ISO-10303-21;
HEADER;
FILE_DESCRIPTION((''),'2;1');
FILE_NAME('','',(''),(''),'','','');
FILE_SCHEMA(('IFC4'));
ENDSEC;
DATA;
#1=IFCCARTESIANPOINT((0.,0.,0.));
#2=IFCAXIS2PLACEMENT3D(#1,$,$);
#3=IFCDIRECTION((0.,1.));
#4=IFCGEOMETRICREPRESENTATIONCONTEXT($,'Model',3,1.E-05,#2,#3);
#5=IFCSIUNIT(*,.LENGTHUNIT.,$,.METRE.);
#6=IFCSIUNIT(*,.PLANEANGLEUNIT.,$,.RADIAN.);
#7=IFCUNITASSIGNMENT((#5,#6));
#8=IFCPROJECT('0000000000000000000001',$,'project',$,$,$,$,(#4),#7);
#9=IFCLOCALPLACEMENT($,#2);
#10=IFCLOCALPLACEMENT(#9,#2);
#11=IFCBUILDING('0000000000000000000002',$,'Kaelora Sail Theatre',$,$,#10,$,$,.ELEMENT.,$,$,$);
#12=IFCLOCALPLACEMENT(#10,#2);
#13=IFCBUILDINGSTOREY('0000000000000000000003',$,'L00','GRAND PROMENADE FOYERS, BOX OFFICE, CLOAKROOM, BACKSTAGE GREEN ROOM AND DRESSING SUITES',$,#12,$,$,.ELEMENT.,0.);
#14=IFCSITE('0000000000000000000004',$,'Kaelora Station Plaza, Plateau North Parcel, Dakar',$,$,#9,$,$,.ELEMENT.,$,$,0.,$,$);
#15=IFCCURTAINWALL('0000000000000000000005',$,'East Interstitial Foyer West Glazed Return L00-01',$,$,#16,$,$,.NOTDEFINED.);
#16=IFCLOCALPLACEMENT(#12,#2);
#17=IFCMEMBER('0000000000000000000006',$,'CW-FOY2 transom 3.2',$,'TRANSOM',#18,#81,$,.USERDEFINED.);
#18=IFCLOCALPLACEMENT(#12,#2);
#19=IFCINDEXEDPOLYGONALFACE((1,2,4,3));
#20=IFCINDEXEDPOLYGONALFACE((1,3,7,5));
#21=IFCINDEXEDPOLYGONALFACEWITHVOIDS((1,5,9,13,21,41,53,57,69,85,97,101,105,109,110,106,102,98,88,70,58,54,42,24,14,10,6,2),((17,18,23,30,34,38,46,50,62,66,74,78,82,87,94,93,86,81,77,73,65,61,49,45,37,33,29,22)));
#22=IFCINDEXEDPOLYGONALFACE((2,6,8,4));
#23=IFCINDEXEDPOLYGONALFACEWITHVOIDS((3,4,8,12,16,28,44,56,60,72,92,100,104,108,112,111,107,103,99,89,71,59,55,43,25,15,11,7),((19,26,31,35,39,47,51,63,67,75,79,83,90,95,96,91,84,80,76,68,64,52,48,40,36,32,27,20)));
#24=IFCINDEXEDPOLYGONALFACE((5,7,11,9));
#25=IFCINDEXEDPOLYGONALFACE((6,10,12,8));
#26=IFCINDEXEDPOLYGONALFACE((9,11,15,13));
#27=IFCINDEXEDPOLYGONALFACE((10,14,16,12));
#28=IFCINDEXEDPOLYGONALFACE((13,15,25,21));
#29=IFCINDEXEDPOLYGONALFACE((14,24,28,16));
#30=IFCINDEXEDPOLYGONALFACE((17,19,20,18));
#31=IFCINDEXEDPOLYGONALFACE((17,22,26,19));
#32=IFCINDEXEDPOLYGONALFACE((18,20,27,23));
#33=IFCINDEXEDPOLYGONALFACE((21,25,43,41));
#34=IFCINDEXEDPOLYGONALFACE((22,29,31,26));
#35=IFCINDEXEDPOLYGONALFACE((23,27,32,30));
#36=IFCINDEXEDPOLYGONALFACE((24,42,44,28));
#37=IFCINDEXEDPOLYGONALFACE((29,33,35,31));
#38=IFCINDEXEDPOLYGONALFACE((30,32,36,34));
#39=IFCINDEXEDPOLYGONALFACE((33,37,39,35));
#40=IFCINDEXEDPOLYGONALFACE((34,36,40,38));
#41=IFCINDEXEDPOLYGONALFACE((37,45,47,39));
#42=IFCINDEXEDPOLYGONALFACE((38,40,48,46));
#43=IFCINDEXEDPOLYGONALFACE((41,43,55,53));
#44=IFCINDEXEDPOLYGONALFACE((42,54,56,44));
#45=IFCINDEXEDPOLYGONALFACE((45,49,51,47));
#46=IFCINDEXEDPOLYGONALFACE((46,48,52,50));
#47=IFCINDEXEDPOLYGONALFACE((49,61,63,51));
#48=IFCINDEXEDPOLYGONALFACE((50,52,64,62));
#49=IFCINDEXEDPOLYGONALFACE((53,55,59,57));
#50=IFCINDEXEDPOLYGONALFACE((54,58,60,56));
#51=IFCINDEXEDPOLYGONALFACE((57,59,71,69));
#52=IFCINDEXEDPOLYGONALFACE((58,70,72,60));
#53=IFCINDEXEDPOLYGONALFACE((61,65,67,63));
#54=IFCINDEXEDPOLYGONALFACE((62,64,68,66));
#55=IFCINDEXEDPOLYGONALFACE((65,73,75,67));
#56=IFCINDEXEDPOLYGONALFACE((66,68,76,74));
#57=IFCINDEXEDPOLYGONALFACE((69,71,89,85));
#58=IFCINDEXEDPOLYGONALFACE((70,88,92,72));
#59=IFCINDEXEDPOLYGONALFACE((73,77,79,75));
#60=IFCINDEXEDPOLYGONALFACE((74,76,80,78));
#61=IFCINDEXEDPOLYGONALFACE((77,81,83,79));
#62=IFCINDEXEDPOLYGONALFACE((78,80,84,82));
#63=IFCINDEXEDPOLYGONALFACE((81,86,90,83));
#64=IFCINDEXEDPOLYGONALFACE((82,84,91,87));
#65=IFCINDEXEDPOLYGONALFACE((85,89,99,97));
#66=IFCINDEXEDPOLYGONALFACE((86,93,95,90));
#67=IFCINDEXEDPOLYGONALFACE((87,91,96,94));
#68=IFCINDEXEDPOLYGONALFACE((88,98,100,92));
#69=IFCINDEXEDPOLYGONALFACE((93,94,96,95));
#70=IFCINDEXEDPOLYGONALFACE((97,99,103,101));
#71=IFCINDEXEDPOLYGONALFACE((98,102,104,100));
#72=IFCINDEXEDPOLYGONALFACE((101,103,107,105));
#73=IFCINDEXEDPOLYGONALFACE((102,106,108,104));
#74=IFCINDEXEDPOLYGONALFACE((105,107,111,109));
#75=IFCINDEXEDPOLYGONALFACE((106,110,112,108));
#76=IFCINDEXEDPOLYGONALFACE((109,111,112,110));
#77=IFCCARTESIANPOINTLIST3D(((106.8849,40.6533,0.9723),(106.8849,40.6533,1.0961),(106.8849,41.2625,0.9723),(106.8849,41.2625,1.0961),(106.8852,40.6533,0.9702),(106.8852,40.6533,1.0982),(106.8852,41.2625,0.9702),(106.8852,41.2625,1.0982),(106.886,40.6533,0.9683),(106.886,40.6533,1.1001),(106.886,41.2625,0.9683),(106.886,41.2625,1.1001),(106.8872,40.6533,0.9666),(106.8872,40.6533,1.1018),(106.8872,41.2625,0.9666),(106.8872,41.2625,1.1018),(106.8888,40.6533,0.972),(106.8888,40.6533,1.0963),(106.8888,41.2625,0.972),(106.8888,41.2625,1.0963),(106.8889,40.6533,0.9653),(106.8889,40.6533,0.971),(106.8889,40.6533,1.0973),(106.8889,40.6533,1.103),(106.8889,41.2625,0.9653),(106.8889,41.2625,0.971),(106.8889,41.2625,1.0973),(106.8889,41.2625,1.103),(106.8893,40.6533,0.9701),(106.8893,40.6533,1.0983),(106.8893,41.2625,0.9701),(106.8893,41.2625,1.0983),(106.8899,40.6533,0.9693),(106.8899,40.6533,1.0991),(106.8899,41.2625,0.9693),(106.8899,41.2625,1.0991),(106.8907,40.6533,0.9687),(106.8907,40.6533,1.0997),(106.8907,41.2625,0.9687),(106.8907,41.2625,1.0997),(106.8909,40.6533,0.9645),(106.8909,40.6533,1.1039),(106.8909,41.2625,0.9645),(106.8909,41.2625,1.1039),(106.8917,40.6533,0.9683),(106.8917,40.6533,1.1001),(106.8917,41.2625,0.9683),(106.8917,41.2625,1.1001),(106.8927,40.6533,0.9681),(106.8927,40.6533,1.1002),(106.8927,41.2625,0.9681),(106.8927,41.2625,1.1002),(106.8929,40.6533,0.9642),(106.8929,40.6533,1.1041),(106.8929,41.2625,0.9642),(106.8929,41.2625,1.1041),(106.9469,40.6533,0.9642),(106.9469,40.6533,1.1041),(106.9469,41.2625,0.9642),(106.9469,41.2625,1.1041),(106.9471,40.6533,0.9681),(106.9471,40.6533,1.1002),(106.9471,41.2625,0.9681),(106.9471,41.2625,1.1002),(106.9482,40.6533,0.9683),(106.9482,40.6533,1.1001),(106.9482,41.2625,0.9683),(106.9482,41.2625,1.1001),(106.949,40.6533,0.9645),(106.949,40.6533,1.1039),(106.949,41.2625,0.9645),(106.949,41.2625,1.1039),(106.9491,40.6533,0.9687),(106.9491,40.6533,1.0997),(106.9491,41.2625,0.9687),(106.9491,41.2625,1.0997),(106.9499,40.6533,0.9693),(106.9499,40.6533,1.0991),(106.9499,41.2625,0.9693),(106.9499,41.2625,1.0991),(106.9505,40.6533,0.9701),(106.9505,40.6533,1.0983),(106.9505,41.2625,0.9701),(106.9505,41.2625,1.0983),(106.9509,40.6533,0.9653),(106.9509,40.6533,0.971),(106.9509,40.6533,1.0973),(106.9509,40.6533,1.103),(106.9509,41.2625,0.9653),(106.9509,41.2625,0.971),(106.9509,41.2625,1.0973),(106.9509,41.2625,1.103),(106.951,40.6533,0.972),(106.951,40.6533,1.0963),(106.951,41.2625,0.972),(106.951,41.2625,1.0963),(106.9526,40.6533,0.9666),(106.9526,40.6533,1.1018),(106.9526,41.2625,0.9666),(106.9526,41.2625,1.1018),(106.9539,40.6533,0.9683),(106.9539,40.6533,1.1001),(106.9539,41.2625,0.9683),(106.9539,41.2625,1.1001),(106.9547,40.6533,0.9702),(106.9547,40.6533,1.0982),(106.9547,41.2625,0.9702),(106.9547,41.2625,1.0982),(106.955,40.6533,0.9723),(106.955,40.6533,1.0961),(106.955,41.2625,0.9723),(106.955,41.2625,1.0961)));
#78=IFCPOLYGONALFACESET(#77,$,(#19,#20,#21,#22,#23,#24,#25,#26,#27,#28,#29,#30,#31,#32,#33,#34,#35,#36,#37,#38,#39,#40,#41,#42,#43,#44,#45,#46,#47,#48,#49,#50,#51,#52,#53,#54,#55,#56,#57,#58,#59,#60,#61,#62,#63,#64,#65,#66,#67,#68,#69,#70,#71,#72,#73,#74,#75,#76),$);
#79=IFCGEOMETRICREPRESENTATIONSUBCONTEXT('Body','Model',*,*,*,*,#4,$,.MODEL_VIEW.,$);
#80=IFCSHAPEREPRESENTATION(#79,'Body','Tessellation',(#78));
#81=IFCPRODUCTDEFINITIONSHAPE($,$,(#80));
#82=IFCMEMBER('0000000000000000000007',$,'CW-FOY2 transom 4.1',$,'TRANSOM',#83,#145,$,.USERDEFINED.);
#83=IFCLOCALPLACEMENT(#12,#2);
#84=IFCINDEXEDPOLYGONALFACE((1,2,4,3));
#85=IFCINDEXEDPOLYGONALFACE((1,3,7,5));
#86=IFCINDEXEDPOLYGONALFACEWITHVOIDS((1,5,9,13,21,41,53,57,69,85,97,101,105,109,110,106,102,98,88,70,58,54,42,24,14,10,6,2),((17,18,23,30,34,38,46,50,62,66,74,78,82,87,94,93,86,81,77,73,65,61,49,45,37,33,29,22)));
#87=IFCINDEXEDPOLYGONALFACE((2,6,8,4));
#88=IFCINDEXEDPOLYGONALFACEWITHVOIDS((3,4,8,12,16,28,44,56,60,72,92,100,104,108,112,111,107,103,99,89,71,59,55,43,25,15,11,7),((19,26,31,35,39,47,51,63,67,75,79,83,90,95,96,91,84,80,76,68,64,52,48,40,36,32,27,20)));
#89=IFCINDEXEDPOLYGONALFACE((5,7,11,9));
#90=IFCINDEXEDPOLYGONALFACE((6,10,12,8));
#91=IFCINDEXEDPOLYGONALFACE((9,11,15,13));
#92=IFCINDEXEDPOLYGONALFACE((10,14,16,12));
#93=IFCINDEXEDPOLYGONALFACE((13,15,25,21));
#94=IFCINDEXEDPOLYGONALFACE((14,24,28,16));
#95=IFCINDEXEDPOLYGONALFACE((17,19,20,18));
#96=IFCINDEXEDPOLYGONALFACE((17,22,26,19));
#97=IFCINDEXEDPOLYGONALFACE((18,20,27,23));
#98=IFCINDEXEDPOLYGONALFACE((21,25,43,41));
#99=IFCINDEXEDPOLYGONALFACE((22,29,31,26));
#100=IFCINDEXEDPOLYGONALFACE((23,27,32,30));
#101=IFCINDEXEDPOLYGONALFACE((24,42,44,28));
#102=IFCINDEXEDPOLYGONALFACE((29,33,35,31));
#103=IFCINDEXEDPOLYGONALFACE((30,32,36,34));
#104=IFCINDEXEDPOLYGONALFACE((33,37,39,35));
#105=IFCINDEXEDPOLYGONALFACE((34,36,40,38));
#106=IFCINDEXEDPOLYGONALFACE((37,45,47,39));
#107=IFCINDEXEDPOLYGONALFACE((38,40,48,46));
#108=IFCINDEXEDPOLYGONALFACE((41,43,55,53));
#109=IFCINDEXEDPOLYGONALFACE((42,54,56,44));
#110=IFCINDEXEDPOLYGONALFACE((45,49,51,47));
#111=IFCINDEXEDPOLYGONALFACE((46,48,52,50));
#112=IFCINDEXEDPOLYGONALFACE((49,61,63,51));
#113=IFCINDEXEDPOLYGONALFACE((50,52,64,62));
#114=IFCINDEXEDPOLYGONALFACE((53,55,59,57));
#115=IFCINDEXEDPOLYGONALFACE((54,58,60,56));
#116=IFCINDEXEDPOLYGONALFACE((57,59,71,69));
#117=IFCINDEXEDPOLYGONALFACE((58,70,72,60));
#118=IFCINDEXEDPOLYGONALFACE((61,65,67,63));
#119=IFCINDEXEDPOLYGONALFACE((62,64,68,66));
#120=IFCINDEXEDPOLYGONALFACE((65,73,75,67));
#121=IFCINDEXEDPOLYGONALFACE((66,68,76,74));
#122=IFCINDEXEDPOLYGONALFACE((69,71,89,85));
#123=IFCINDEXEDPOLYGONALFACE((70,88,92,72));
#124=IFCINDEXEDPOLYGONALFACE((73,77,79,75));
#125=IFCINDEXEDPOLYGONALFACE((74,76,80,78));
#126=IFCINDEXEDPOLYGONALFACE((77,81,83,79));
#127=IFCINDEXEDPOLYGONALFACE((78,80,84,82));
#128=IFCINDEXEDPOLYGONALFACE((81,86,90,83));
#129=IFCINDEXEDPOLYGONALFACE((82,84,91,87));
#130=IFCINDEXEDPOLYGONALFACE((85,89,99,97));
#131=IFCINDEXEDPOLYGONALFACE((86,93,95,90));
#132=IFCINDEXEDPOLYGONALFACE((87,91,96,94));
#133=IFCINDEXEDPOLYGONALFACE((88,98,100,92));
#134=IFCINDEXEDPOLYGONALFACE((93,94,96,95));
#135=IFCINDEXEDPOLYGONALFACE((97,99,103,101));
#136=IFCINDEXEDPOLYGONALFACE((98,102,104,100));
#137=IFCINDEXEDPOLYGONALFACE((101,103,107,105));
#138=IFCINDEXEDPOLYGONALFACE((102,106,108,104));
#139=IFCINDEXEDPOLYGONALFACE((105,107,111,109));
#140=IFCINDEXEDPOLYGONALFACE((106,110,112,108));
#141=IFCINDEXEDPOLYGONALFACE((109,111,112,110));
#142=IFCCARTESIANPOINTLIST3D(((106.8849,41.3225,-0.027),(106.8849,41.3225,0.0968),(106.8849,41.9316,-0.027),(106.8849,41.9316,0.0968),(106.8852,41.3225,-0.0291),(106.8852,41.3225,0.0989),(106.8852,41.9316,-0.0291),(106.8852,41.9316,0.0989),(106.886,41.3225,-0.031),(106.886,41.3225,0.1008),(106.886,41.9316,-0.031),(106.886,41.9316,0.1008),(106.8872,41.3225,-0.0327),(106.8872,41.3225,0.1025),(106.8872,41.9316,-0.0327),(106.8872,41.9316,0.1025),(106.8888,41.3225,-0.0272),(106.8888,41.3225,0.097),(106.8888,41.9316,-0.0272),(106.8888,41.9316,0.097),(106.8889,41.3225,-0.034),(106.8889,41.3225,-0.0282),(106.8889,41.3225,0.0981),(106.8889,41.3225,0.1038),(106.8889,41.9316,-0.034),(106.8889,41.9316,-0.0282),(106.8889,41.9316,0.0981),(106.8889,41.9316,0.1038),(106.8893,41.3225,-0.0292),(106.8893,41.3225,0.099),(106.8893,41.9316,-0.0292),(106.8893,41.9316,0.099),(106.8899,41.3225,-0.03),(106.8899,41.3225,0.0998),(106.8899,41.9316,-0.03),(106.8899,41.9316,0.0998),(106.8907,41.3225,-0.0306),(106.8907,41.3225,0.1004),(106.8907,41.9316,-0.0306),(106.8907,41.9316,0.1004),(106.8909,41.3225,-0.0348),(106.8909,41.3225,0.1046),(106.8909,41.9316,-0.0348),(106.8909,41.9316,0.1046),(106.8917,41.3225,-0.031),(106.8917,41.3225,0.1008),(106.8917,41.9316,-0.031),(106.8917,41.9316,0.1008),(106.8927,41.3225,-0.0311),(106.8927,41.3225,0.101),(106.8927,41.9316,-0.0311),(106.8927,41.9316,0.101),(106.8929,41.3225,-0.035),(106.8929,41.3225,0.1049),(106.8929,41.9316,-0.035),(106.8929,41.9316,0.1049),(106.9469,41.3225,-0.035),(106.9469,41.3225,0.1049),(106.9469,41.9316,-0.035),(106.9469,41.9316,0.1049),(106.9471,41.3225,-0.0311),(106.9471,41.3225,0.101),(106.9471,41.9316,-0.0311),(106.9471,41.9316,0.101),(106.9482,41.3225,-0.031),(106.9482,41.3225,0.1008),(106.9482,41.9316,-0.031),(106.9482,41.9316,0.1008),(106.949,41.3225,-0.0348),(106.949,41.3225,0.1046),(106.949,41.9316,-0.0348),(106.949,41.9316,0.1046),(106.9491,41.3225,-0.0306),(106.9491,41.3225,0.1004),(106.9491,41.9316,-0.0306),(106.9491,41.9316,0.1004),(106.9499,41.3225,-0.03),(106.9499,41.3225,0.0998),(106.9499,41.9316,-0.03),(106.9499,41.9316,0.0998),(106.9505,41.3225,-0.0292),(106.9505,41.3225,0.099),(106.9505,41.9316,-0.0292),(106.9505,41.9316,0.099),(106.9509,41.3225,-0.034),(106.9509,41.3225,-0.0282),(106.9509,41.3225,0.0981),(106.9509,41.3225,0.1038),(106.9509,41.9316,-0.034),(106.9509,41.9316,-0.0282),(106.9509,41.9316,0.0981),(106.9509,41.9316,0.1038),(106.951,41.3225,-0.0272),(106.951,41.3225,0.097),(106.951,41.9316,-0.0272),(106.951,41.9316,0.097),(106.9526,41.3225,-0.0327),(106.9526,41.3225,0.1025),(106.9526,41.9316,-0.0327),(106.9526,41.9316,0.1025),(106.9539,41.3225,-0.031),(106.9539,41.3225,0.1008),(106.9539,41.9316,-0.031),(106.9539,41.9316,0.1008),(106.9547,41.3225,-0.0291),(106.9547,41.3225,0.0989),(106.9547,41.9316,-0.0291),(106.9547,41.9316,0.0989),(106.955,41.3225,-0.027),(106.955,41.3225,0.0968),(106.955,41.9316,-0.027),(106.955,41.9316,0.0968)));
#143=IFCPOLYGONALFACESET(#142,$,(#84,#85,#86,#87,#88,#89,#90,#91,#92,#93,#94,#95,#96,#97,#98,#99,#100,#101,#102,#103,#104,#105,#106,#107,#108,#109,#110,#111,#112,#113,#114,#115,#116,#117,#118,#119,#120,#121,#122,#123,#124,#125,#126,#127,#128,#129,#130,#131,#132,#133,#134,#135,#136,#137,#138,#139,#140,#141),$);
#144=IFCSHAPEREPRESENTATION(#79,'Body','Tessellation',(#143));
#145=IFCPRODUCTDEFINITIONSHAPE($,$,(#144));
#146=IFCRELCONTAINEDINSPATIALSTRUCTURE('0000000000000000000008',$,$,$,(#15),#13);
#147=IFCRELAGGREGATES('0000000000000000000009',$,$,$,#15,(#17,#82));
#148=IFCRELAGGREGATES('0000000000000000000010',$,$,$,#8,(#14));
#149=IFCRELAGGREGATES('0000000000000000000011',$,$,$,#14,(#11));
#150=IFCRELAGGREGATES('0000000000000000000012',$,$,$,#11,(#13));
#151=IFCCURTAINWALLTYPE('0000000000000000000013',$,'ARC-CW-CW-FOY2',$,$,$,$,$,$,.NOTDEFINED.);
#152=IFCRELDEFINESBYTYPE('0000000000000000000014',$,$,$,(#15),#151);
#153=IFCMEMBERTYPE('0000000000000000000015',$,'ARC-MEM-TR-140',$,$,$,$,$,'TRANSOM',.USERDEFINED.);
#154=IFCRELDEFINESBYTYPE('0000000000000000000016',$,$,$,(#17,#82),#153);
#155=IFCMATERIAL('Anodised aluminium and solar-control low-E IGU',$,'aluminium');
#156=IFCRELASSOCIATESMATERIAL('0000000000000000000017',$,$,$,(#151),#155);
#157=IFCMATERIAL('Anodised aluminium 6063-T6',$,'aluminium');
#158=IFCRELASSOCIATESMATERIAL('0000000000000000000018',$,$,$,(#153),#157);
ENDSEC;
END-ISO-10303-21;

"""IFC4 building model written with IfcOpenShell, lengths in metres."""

from ifc_helpers import new_model, si_unit, direction, frame, origin, origin_2d, place, context, subcontext, project, spatial, hollow_rectangle, extrude, material, material_profile, profile_set, type_object, element, aggregate, save


model = new_model("IFC4")

# Units and contexts
model_context = context("Model", 3, precision=1e-05, world=origin(), true_north=direction((0.0, 1.0)))
body_context = subcontext(model_context, "Body", "Model", "MODEL_VIEW")
ifc_project = project(units=[si_unit("LENGTHUNIT", "METRE"), si_unit("PLANEANGLEUNIT", "RADIAN")], contexts=[model_context])

# Site, building, storey
site_placement = place(None, origin())
site = spatial("IfcSite", under=ifc_project, at=site_placement, Name="Kaelora Station Plaza, Plateau North Parcel, Dakar", CompositionType="ELEMENT", RefElevation=0.0)
building_placement = place(site_placement, origin())
building = spatial("IfcBuilding", under=site, at=building_placement, Name="Kaelora Sail Theatre", CompositionType="ELEMENT")
storey_placement = place(building_placement, origin())
storey = spatial("IfcBuildingStorey", under=building, at=storey_placement, Name="L00", Description="GRAND PROMENADE FOYERS, BOX OFFICE, CLOAKROOM, BACKSTAGE GREEN ROOM AND DRESSING SUITES", CompositionType="ELEMENT", Elevation=0.0)

# Curtain wall, members
ifc_material_1 = material(Name="Anodised aluminium and solar-control low-E IGU", Category="aluminium")
curtain_wall_type = type_object("IfcCurtainWallType", Name="ARC-CW-CW-FOY2", PredefinedType="NOTDEFINED", material=ifc_material_1)
curtain_wall_placement = place(storey_placement, origin())
curtain_wall = element("IfcCurtainWall", 1, at=curtain_wall_placement, inside=storey, type_object=curtain_wall_type, Name="East Interstitial Foyer West Glazed Return L00-01", PredefinedType="NOTDEFINED")
ifc_material_2 = material(Name="Anodised aluminium 6063-T6", Category="aluminium")
ifc_material_profile_1 = material_profile(ifc_material_2, hollow_rectangle(XDim=0.0701, YDim=0.1399, WallThickness=0.0039, InnerFilletRadius=0.0039, OuterFilletRadius=0.0081, at=origin_2d()), Name="ALU-TRAN 70x140x4")
ifc_profile_set_1 = profile_set([ifc_material_profile_1], Name="Anodised aluminium 6063-T6")
member_type_1 = type_object("IfcMemberType", Name="ARC-MEM-TR-140", ElementType="TRANSOM", PredefinedType="USERDEFINED", material=ifc_profile_set_1)
member_1_placement = place(storey_placement, frame((106.9199, 40.6533, 1.0342), z_axis=(0.0, 1.0, 0.0), x_axis=(-1.0, 0.0, 0.0)))
member_1 = element("IfcMember", 2, at=member_1_placement, type_object=member_type_1, Name="CW-FOY2 transom 3.2", ObjectType="TRANSOM", PredefinedType="USERDEFINED", context=body_context, shape_type="SweptSolid", body=[
    extrude(hollow_rectangle(XDim=0.0701, YDim=0.1399, WallThickness=0.0039, InnerFilletRadius=0.0039, OuterFilletRadius=0.0081, at=origin_2d()), origin(), (0.0, 0.0, 1.0), 0.6091),
])
member_2_placement = place(storey_placement, frame((106.9199, 41.3225, 0.0349), z_axis=(0.0, 1.0, 0.0), x_axis=(-1.0, 0.0, 0.0)))
member_2 = element("IfcMember", 3, at=member_2_placement, type_object=member_type_1, Name="CW-FOY2 transom 4.1", ObjectType="TRANSOM", PredefinedType="USERDEFINED", context=body_context, shape_type="SweptSolid", body=[
    extrude(hollow_rectangle(XDim=0.0701, YDim=0.1399, WallThickness=0.0039, InnerFilletRadius=0.0039, OuterFilletRadius=0.0081, at=origin_2d()), origin(), (0.0, 0.0, 1.0), 0.6091),
])
aggregate(curtain_wall, [member_1, member_2])

save(model, "model.ifc")
